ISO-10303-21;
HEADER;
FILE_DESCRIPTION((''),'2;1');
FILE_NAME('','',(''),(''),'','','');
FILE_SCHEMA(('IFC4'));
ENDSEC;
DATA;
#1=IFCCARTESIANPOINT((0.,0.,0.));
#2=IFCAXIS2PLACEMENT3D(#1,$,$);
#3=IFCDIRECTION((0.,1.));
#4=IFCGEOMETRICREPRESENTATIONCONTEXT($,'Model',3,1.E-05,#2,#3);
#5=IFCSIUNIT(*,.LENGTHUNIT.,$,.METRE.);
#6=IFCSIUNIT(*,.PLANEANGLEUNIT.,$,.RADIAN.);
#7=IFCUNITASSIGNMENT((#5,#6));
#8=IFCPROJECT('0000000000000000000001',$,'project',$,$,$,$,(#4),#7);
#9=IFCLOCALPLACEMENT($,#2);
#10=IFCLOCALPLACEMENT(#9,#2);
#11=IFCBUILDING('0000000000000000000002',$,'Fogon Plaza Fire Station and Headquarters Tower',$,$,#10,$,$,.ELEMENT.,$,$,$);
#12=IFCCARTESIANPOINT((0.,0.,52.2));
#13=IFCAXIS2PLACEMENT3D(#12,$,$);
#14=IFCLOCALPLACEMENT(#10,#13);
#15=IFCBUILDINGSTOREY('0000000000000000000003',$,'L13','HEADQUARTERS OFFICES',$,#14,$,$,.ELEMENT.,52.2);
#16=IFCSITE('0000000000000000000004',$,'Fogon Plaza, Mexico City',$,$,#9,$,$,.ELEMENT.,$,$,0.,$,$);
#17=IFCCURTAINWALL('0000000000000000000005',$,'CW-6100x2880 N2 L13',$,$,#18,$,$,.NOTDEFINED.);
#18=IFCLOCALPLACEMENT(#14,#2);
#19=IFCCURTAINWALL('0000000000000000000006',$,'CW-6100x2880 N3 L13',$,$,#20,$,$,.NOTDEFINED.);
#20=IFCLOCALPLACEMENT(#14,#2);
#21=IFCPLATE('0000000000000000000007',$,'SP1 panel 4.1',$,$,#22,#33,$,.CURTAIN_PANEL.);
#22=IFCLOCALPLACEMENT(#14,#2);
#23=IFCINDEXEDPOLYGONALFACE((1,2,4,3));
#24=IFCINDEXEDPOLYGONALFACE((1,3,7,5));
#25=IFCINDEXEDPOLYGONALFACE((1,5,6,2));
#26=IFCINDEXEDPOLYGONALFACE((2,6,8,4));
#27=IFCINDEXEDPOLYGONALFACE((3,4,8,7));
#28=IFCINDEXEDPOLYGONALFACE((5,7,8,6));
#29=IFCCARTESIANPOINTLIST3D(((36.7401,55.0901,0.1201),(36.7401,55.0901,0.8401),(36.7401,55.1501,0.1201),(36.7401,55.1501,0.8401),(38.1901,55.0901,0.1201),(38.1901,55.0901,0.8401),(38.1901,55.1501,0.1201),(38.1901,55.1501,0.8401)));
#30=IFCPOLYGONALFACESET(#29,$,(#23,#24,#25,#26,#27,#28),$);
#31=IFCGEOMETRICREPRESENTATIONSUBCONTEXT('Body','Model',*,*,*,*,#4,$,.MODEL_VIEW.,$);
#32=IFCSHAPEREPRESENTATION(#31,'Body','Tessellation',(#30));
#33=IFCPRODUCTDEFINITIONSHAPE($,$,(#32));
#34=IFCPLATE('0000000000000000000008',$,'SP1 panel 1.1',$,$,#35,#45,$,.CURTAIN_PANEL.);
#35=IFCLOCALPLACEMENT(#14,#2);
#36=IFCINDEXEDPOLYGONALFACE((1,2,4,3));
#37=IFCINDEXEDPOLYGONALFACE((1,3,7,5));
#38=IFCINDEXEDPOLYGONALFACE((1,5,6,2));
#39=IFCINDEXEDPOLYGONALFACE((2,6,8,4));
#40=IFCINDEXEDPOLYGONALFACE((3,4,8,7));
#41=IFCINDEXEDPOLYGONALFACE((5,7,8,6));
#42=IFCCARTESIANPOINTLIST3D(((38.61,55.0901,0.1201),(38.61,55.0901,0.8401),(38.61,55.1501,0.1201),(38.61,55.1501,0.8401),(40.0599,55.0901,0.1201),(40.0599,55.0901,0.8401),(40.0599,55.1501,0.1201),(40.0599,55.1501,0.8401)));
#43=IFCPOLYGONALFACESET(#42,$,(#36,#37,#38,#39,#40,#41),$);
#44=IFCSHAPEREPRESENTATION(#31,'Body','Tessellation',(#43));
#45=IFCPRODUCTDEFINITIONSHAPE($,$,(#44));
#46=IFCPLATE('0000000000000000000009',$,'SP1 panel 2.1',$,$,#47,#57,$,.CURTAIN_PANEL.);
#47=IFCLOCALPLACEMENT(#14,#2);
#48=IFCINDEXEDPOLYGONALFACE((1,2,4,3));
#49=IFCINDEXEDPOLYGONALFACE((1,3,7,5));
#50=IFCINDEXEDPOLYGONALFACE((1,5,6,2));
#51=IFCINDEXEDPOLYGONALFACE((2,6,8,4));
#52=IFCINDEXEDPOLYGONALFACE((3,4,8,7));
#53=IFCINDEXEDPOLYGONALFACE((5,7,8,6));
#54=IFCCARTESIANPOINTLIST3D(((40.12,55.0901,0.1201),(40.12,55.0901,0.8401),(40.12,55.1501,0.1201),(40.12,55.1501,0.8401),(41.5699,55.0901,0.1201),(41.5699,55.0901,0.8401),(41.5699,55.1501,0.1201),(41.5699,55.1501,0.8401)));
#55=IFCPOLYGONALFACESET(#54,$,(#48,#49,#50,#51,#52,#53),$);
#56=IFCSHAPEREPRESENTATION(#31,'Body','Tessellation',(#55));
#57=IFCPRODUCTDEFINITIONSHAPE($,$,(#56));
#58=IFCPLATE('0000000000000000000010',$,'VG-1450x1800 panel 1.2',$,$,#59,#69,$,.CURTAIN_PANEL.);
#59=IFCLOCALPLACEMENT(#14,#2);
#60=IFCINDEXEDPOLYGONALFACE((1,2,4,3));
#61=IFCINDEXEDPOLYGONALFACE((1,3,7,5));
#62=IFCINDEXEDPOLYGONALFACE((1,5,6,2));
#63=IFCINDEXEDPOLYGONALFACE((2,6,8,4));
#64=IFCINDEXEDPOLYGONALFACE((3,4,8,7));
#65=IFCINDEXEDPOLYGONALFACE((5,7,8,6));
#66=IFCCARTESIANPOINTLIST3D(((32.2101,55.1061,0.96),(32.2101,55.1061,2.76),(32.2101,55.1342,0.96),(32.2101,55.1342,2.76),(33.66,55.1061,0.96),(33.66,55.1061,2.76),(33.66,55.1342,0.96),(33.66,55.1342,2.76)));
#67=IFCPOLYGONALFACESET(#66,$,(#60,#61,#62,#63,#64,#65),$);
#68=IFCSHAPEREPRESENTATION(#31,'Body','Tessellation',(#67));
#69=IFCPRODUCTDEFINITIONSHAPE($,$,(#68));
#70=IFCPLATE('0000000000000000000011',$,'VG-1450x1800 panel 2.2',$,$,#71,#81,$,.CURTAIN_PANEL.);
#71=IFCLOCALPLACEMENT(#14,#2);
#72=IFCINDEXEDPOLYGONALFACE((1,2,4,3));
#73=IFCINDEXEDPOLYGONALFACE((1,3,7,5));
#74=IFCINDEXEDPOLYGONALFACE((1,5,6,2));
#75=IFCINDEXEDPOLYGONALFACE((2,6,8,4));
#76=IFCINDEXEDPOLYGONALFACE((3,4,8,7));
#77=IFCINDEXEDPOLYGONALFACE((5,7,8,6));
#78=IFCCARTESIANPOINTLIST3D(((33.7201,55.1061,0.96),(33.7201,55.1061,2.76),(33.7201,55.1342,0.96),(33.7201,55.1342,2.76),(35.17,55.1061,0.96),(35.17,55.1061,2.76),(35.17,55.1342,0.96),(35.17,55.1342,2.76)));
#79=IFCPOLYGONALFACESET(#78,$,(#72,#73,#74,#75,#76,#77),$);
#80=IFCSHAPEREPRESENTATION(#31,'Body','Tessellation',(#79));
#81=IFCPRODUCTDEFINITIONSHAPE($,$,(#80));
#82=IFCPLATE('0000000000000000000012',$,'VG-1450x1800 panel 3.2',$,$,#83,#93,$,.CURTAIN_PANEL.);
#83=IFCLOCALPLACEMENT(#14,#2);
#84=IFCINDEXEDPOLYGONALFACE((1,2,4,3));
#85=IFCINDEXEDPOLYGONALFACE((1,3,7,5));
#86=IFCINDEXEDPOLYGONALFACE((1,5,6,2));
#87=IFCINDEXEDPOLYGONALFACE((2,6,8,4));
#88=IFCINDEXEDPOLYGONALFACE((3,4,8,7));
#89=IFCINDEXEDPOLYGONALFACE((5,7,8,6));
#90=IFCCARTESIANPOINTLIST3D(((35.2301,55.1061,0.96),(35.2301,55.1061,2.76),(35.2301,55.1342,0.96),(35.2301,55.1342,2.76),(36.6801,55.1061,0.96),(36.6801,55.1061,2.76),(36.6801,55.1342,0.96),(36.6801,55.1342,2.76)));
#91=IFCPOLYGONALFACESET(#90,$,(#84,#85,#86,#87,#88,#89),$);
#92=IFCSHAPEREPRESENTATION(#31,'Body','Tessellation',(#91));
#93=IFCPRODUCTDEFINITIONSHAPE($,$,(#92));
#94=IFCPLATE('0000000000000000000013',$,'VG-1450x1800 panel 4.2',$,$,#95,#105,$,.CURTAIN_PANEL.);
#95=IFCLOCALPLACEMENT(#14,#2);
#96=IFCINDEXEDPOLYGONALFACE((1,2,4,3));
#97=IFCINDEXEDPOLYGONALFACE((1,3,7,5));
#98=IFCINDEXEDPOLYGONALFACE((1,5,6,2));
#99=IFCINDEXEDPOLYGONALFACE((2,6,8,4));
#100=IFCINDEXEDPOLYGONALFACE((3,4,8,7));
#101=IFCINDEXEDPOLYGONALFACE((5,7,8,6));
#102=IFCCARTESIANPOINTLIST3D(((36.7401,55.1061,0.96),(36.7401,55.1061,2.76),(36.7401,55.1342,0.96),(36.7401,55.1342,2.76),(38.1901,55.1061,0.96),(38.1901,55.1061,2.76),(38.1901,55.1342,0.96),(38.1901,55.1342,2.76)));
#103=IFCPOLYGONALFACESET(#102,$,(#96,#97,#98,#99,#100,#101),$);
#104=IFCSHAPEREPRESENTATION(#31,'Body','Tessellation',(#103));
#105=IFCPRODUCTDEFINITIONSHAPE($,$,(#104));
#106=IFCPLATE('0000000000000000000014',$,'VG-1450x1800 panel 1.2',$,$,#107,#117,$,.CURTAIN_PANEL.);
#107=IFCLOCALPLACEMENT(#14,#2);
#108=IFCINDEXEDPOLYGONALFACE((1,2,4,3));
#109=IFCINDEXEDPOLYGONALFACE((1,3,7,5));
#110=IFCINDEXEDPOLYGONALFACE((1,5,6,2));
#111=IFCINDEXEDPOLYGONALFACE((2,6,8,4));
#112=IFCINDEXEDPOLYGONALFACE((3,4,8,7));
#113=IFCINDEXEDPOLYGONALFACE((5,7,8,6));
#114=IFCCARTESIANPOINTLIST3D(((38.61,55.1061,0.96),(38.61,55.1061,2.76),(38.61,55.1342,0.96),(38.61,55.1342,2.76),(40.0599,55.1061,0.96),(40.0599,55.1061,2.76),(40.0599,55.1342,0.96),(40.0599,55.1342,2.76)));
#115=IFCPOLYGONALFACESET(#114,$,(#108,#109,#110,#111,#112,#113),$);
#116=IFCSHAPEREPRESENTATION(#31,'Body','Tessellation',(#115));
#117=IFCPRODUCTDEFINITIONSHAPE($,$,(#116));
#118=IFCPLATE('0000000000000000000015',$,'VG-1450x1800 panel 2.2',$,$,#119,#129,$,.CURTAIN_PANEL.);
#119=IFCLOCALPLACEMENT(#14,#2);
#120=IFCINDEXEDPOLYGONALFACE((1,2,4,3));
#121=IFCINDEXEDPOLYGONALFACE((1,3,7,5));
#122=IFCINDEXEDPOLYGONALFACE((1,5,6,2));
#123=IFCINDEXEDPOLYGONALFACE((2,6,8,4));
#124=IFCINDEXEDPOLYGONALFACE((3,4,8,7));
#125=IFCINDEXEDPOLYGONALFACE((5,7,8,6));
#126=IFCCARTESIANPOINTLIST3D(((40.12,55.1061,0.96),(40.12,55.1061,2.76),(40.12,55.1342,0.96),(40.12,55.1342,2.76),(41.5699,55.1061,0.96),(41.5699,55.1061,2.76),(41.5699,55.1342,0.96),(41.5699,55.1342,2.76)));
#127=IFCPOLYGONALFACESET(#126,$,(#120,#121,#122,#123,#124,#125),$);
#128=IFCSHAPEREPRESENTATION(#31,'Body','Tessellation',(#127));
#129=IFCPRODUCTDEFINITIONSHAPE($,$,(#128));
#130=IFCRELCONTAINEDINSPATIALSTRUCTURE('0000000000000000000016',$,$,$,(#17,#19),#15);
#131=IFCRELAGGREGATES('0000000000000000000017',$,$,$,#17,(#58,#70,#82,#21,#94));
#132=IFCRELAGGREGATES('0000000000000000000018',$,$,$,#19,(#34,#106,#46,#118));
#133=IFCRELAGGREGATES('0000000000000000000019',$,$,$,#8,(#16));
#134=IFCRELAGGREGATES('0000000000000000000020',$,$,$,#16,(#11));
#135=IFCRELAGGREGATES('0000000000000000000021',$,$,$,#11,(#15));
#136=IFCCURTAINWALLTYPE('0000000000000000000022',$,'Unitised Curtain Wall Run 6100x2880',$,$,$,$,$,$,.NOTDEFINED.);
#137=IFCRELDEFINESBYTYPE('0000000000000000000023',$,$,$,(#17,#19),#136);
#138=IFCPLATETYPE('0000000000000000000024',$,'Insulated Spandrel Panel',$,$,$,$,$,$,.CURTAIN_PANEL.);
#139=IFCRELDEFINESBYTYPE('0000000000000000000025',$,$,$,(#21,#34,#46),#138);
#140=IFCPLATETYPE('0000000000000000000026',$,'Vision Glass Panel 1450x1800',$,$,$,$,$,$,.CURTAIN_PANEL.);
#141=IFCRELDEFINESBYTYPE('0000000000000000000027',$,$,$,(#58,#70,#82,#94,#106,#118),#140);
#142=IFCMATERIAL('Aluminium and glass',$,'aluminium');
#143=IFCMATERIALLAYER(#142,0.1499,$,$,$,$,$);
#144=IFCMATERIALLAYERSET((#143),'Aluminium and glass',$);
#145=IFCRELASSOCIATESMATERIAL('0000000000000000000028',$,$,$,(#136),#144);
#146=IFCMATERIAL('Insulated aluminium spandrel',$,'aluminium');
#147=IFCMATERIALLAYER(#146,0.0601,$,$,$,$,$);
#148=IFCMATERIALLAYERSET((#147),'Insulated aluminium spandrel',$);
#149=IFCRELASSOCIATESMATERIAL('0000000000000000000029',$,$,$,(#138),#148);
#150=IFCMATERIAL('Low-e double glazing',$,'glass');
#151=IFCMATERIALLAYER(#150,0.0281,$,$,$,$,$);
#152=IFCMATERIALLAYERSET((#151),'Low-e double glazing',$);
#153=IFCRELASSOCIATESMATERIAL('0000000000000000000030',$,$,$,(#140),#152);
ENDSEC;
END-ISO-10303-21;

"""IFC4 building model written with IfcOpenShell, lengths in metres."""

from ifc_helpers import new_model, si_unit, direction, frame, origin, origin_2d, place, context, subcontext, project, spatial, rectangle, extrude, material, layer, layer_set, type_object, element, aggregate, save


model = new_model("IFC4")

# Units and contexts
model_context = context("Model", 3, precision=1e-05, world=origin(), true_north=direction((0.0, 1.0)))
body_context = subcontext(model_context, "Body", "Model", "MODEL_VIEW")
ifc_project = project(units=[si_unit("LENGTHUNIT", "METRE"), si_unit("PLANEANGLEUNIT", "RADIAN")], contexts=[model_context])

# Site, building, storey
site_placement = place(None, origin())
site = spatial("IfcSite", under=ifc_project, at=site_placement, Name="Fogon Plaza, Mexico City", CompositionType="ELEMENT", RefElevation=0.0)
building_placement = place(site_placement, origin())
building = spatial("IfcBuilding", under=site, at=building_placement, Name="Fogon Plaza Fire Station and Headquarters Tower", CompositionType="ELEMENT")
storey_placement = place(building_placement, frame((0.0, 0.0, 52.2)))
storey = spatial("IfcBuildingStorey", under=building, at=storey_placement, Name="L13", Description="HEADQUARTERS OFFICES", CompositionType="ELEMENT", Elevation=52.2)

# Curtain walls
ifc_material_1 = material(Name="Aluminium and glass", Category="aluminium")
ifc_layer_1 = layer(ifc_material_1, 0.1499)
ifc_layer_set_1 = layer_set([ifc_layer_1], Name="Aluminium and glass")
curtain_wall_type = type_object("IfcCurtainWallType", Name="Unitised Curtain Wall Run 6100x2880", PredefinedType="NOTDEFINED", material=ifc_layer_set_1)
curtain_wall_1_placement = place(storey_placement, origin())
curtain_wall_1 = element("IfcCurtainWall", 1, at=curtain_wall_1_placement, inside=storey, type_object=curtain_wall_type, Name="CW-6100x2880 N2 L13", PredefinedType="NOTDEFINED")
curtain_wall_2_placement = place(storey_placement, origin())
curtain_wall_2 = element("IfcCurtainWall", 2, at=curtain_wall_2_placement, inside=storey, type_object=curtain_wall_type, Name="CW-6100x2880 N3 L13", PredefinedType="NOTDEFINED")

# Plates
ifc_material_2 = material(Name="Insulated aluminium spandrel", Category="aluminium")
ifc_layer_2 = layer(ifc_material_2, 0.0601)
ifc_layer_set_2 = layer_set([ifc_layer_2], Name="Insulated aluminium spandrel")
plate_type_1 = type_object("IfcPlateType", Name="Insulated Spandrel Panel", PredefinedType="CURTAIN_PANEL", material=ifc_layer_set_2)
plate_1_placement = place(storey_placement, frame((37.4651, 55.1201, 0.1201), z_axis=(0.0, 0.0, 1.0), x_axis=(1.0, 0.0, 0.0)))
plate_1 = element("IfcPlate", 3, at=plate_1_placement, type_object=plate_type_1, Name="SP1 panel 4.1", PredefinedType="CURTAIN_PANEL", context=body_context, shape_type="SweptSolid", body=[
    extrude(rectangle(XDim=1.45, YDim=0.0601, at=origin_2d()), origin(), (0.0, 0.0, 1.0), 0.72),
])
plate_2_placement = place(storey_placement, frame((39.335, 55.1201, 0.1201), z_axis=(0.0, 0.0, 1.0), x_axis=(1.0, 0.0, 0.0)))
plate_2 = element("IfcPlate", 4, at=plate_2_placement, type_object=plate_type_1, Name="SP1 panel 1.1", PredefinedType="CURTAIN_PANEL", context=body_context, shape_type="SweptSolid", body=[
    extrude(rectangle(XDim=1.45, YDim=0.0601, at=origin_2d()), origin(), (0.0, 0.0, 1.0), 0.72),
])
plate_3_placement = place(storey_placement, frame((40.845, 55.1201, 0.1201), z_axis=(0.0, 0.0, 1.0), x_axis=(1.0, 0.0, 0.0)))
plate_3 = element("IfcPlate", 5, at=plate_3_placement, type_object=plate_type_1, Name="SP1 panel 2.1", PredefinedType="CURTAIN_PANEL", context=body_context, shape_type="SweptSolid", body=[
    extrude(rectangle(XDim=1.45, YDim=0.0601, at=origin_2d()), origin(), (0.0, 0.0, 1.0), 0.72),
])
ifc_material_3 = material(Name="Low-e double glazing", Category="glass")
ifc_layer_3 = layer(ifc_material_3, 0.0281)
ifc_layer_set_3 = layer_set([ifc_layer_3], Name="Low-e double glazing")
plate_type_2 = type_object("IfcPlateType", Name="Vision Glass Panel 1450x1800", PredefinedType="CURTAIN_PANEL", material=ifc_layer_set_3)
plate_4_placement = place(storey_placement, frame((32.9351, 55.1201, 0.96), z_axis=(0.0, 0.0, 1.0), x_axis=(1.0, 0.0, 0.0)))
plate_4 = element("IfcPlate", 6, at=plate_4_placement, type_object=plate_type_2, Name="VG-1450x1800 panel 1.2", PredefinedType="CURTAIN_PANEL", context=body_context, shape_type="SweptSolid", body=[
    extrude(rectangle(XDim=1.45, YDim=0.0281, at=origin_2d()), origin(), (0.0, 0.0, 1.0), 1.8),
])
plate_5_placement = place(storey_placement, frame((34.4451, 55.1201, 0.96), z_axis=(0.0, 0.0, 1.0), x_axis=(1.0, 0.0, 0.0)))
plate_5 = element("IfcPlate", 7, at=plate_5_placement, type_object=plate_type_2, Name="VG-1450x1800 panel 2.2", PredefinedType="CURTAIN_PANEL", context=body_context, shape_type="SweptSolid", body=[
    extrude(rectangle(XDim=1.45, YDim=0.0281, at=origin_2d()), origin(), (0.0, 0.0, 1.0), 1.8),
])
plate_6_placement = place(storey_placement, frame((35.9551, 55.1201, 0.96), z_axis=(0.0, 0.0, 1.0), x_axis=(1.0, 0.0, 0.0)))
plate_6 = element("IfcPlate", 8, at=plate_6_placement, type_object=plate_type_2, Name="VG-1450x1800 panel 3.2", PredefinedType="CURTAIN_PANEL", context=body_context, shape_type="SweptSolid", body=[
    extrude(rectangle(XDim=1.45, YDim=0.0281, at=origin_2d()), origin(), (0.0, 0.0, 1.0), 1.8),
])
plate_7_placement = place(storey_placement, frame((37.4651, 55.1201, 0.96), z_axis=(0.0, 0.0, 1.0), x_axis=(1.0, 0.0, 0.0)))
plate_7 = element("IfcPlate", 9, at=plate_7_placement, type_object=plate_type_2, Name="VG-1450x1800 panel 4.2", PredefinedType="CURTAIN_PANEL", context=body_context, shape_type="SweptSolid", body=[
    extrude(rectangle(XDim=1.45, YDim=0.0281, at=origin_2d()), origin(), (0.0, 0.0, 1.0), 1.8),
])
aggregate(curtain_wall_1, [plate_4, plate_5, plate_6, plate_1, plate_7])
plate_8_placement = place(storey_placement, frame((39.335, 55.1201, 0.96), z_axis=(0.0, 0.0, 1.0), x_axis=(1.0, 0.0, 0.0)))
plate_8 = element("IfcPlate", 10, at=plate_8_placement, type_object=plate_type_2, Name="VG-1450x1800 panel 1.2", PredefinedType="CURTAIN_PANEL", context=body_context, shape_type="SweptSolid", body=[
    extrude(rectangle(XDim=1.45, YDim=0.0281, at=origin_2d()), origin(), (0.0, 0.0, 1.0), 1.8),
])
plate_9_placement = place(storey_placement, frame((40.845, 55.1201, 0.96), z_axis=(0.0, 0.0, 1.0), x_axis=(1.0, 0.0, 0.0)))
plate_9 = element("IfcPlate", 11, at=plate_9_placement, type_object=plate_type_2, Name="VG-1450x1800 panel 2.2", PredefinedType="CURTAIN_PANEL", context=body_context, shape_type="SweptSolid", body=[
    extrude(rectangle(XDim=1.45, YDim=0.0281, at=origin_2d()), origin(), (0.0, 0.0, 1.0), 1.8),
])
aggregate(curtain_wall_2, [plate_2, plate_8, plate_3, plate_9])

save(model, "model.ifc")
